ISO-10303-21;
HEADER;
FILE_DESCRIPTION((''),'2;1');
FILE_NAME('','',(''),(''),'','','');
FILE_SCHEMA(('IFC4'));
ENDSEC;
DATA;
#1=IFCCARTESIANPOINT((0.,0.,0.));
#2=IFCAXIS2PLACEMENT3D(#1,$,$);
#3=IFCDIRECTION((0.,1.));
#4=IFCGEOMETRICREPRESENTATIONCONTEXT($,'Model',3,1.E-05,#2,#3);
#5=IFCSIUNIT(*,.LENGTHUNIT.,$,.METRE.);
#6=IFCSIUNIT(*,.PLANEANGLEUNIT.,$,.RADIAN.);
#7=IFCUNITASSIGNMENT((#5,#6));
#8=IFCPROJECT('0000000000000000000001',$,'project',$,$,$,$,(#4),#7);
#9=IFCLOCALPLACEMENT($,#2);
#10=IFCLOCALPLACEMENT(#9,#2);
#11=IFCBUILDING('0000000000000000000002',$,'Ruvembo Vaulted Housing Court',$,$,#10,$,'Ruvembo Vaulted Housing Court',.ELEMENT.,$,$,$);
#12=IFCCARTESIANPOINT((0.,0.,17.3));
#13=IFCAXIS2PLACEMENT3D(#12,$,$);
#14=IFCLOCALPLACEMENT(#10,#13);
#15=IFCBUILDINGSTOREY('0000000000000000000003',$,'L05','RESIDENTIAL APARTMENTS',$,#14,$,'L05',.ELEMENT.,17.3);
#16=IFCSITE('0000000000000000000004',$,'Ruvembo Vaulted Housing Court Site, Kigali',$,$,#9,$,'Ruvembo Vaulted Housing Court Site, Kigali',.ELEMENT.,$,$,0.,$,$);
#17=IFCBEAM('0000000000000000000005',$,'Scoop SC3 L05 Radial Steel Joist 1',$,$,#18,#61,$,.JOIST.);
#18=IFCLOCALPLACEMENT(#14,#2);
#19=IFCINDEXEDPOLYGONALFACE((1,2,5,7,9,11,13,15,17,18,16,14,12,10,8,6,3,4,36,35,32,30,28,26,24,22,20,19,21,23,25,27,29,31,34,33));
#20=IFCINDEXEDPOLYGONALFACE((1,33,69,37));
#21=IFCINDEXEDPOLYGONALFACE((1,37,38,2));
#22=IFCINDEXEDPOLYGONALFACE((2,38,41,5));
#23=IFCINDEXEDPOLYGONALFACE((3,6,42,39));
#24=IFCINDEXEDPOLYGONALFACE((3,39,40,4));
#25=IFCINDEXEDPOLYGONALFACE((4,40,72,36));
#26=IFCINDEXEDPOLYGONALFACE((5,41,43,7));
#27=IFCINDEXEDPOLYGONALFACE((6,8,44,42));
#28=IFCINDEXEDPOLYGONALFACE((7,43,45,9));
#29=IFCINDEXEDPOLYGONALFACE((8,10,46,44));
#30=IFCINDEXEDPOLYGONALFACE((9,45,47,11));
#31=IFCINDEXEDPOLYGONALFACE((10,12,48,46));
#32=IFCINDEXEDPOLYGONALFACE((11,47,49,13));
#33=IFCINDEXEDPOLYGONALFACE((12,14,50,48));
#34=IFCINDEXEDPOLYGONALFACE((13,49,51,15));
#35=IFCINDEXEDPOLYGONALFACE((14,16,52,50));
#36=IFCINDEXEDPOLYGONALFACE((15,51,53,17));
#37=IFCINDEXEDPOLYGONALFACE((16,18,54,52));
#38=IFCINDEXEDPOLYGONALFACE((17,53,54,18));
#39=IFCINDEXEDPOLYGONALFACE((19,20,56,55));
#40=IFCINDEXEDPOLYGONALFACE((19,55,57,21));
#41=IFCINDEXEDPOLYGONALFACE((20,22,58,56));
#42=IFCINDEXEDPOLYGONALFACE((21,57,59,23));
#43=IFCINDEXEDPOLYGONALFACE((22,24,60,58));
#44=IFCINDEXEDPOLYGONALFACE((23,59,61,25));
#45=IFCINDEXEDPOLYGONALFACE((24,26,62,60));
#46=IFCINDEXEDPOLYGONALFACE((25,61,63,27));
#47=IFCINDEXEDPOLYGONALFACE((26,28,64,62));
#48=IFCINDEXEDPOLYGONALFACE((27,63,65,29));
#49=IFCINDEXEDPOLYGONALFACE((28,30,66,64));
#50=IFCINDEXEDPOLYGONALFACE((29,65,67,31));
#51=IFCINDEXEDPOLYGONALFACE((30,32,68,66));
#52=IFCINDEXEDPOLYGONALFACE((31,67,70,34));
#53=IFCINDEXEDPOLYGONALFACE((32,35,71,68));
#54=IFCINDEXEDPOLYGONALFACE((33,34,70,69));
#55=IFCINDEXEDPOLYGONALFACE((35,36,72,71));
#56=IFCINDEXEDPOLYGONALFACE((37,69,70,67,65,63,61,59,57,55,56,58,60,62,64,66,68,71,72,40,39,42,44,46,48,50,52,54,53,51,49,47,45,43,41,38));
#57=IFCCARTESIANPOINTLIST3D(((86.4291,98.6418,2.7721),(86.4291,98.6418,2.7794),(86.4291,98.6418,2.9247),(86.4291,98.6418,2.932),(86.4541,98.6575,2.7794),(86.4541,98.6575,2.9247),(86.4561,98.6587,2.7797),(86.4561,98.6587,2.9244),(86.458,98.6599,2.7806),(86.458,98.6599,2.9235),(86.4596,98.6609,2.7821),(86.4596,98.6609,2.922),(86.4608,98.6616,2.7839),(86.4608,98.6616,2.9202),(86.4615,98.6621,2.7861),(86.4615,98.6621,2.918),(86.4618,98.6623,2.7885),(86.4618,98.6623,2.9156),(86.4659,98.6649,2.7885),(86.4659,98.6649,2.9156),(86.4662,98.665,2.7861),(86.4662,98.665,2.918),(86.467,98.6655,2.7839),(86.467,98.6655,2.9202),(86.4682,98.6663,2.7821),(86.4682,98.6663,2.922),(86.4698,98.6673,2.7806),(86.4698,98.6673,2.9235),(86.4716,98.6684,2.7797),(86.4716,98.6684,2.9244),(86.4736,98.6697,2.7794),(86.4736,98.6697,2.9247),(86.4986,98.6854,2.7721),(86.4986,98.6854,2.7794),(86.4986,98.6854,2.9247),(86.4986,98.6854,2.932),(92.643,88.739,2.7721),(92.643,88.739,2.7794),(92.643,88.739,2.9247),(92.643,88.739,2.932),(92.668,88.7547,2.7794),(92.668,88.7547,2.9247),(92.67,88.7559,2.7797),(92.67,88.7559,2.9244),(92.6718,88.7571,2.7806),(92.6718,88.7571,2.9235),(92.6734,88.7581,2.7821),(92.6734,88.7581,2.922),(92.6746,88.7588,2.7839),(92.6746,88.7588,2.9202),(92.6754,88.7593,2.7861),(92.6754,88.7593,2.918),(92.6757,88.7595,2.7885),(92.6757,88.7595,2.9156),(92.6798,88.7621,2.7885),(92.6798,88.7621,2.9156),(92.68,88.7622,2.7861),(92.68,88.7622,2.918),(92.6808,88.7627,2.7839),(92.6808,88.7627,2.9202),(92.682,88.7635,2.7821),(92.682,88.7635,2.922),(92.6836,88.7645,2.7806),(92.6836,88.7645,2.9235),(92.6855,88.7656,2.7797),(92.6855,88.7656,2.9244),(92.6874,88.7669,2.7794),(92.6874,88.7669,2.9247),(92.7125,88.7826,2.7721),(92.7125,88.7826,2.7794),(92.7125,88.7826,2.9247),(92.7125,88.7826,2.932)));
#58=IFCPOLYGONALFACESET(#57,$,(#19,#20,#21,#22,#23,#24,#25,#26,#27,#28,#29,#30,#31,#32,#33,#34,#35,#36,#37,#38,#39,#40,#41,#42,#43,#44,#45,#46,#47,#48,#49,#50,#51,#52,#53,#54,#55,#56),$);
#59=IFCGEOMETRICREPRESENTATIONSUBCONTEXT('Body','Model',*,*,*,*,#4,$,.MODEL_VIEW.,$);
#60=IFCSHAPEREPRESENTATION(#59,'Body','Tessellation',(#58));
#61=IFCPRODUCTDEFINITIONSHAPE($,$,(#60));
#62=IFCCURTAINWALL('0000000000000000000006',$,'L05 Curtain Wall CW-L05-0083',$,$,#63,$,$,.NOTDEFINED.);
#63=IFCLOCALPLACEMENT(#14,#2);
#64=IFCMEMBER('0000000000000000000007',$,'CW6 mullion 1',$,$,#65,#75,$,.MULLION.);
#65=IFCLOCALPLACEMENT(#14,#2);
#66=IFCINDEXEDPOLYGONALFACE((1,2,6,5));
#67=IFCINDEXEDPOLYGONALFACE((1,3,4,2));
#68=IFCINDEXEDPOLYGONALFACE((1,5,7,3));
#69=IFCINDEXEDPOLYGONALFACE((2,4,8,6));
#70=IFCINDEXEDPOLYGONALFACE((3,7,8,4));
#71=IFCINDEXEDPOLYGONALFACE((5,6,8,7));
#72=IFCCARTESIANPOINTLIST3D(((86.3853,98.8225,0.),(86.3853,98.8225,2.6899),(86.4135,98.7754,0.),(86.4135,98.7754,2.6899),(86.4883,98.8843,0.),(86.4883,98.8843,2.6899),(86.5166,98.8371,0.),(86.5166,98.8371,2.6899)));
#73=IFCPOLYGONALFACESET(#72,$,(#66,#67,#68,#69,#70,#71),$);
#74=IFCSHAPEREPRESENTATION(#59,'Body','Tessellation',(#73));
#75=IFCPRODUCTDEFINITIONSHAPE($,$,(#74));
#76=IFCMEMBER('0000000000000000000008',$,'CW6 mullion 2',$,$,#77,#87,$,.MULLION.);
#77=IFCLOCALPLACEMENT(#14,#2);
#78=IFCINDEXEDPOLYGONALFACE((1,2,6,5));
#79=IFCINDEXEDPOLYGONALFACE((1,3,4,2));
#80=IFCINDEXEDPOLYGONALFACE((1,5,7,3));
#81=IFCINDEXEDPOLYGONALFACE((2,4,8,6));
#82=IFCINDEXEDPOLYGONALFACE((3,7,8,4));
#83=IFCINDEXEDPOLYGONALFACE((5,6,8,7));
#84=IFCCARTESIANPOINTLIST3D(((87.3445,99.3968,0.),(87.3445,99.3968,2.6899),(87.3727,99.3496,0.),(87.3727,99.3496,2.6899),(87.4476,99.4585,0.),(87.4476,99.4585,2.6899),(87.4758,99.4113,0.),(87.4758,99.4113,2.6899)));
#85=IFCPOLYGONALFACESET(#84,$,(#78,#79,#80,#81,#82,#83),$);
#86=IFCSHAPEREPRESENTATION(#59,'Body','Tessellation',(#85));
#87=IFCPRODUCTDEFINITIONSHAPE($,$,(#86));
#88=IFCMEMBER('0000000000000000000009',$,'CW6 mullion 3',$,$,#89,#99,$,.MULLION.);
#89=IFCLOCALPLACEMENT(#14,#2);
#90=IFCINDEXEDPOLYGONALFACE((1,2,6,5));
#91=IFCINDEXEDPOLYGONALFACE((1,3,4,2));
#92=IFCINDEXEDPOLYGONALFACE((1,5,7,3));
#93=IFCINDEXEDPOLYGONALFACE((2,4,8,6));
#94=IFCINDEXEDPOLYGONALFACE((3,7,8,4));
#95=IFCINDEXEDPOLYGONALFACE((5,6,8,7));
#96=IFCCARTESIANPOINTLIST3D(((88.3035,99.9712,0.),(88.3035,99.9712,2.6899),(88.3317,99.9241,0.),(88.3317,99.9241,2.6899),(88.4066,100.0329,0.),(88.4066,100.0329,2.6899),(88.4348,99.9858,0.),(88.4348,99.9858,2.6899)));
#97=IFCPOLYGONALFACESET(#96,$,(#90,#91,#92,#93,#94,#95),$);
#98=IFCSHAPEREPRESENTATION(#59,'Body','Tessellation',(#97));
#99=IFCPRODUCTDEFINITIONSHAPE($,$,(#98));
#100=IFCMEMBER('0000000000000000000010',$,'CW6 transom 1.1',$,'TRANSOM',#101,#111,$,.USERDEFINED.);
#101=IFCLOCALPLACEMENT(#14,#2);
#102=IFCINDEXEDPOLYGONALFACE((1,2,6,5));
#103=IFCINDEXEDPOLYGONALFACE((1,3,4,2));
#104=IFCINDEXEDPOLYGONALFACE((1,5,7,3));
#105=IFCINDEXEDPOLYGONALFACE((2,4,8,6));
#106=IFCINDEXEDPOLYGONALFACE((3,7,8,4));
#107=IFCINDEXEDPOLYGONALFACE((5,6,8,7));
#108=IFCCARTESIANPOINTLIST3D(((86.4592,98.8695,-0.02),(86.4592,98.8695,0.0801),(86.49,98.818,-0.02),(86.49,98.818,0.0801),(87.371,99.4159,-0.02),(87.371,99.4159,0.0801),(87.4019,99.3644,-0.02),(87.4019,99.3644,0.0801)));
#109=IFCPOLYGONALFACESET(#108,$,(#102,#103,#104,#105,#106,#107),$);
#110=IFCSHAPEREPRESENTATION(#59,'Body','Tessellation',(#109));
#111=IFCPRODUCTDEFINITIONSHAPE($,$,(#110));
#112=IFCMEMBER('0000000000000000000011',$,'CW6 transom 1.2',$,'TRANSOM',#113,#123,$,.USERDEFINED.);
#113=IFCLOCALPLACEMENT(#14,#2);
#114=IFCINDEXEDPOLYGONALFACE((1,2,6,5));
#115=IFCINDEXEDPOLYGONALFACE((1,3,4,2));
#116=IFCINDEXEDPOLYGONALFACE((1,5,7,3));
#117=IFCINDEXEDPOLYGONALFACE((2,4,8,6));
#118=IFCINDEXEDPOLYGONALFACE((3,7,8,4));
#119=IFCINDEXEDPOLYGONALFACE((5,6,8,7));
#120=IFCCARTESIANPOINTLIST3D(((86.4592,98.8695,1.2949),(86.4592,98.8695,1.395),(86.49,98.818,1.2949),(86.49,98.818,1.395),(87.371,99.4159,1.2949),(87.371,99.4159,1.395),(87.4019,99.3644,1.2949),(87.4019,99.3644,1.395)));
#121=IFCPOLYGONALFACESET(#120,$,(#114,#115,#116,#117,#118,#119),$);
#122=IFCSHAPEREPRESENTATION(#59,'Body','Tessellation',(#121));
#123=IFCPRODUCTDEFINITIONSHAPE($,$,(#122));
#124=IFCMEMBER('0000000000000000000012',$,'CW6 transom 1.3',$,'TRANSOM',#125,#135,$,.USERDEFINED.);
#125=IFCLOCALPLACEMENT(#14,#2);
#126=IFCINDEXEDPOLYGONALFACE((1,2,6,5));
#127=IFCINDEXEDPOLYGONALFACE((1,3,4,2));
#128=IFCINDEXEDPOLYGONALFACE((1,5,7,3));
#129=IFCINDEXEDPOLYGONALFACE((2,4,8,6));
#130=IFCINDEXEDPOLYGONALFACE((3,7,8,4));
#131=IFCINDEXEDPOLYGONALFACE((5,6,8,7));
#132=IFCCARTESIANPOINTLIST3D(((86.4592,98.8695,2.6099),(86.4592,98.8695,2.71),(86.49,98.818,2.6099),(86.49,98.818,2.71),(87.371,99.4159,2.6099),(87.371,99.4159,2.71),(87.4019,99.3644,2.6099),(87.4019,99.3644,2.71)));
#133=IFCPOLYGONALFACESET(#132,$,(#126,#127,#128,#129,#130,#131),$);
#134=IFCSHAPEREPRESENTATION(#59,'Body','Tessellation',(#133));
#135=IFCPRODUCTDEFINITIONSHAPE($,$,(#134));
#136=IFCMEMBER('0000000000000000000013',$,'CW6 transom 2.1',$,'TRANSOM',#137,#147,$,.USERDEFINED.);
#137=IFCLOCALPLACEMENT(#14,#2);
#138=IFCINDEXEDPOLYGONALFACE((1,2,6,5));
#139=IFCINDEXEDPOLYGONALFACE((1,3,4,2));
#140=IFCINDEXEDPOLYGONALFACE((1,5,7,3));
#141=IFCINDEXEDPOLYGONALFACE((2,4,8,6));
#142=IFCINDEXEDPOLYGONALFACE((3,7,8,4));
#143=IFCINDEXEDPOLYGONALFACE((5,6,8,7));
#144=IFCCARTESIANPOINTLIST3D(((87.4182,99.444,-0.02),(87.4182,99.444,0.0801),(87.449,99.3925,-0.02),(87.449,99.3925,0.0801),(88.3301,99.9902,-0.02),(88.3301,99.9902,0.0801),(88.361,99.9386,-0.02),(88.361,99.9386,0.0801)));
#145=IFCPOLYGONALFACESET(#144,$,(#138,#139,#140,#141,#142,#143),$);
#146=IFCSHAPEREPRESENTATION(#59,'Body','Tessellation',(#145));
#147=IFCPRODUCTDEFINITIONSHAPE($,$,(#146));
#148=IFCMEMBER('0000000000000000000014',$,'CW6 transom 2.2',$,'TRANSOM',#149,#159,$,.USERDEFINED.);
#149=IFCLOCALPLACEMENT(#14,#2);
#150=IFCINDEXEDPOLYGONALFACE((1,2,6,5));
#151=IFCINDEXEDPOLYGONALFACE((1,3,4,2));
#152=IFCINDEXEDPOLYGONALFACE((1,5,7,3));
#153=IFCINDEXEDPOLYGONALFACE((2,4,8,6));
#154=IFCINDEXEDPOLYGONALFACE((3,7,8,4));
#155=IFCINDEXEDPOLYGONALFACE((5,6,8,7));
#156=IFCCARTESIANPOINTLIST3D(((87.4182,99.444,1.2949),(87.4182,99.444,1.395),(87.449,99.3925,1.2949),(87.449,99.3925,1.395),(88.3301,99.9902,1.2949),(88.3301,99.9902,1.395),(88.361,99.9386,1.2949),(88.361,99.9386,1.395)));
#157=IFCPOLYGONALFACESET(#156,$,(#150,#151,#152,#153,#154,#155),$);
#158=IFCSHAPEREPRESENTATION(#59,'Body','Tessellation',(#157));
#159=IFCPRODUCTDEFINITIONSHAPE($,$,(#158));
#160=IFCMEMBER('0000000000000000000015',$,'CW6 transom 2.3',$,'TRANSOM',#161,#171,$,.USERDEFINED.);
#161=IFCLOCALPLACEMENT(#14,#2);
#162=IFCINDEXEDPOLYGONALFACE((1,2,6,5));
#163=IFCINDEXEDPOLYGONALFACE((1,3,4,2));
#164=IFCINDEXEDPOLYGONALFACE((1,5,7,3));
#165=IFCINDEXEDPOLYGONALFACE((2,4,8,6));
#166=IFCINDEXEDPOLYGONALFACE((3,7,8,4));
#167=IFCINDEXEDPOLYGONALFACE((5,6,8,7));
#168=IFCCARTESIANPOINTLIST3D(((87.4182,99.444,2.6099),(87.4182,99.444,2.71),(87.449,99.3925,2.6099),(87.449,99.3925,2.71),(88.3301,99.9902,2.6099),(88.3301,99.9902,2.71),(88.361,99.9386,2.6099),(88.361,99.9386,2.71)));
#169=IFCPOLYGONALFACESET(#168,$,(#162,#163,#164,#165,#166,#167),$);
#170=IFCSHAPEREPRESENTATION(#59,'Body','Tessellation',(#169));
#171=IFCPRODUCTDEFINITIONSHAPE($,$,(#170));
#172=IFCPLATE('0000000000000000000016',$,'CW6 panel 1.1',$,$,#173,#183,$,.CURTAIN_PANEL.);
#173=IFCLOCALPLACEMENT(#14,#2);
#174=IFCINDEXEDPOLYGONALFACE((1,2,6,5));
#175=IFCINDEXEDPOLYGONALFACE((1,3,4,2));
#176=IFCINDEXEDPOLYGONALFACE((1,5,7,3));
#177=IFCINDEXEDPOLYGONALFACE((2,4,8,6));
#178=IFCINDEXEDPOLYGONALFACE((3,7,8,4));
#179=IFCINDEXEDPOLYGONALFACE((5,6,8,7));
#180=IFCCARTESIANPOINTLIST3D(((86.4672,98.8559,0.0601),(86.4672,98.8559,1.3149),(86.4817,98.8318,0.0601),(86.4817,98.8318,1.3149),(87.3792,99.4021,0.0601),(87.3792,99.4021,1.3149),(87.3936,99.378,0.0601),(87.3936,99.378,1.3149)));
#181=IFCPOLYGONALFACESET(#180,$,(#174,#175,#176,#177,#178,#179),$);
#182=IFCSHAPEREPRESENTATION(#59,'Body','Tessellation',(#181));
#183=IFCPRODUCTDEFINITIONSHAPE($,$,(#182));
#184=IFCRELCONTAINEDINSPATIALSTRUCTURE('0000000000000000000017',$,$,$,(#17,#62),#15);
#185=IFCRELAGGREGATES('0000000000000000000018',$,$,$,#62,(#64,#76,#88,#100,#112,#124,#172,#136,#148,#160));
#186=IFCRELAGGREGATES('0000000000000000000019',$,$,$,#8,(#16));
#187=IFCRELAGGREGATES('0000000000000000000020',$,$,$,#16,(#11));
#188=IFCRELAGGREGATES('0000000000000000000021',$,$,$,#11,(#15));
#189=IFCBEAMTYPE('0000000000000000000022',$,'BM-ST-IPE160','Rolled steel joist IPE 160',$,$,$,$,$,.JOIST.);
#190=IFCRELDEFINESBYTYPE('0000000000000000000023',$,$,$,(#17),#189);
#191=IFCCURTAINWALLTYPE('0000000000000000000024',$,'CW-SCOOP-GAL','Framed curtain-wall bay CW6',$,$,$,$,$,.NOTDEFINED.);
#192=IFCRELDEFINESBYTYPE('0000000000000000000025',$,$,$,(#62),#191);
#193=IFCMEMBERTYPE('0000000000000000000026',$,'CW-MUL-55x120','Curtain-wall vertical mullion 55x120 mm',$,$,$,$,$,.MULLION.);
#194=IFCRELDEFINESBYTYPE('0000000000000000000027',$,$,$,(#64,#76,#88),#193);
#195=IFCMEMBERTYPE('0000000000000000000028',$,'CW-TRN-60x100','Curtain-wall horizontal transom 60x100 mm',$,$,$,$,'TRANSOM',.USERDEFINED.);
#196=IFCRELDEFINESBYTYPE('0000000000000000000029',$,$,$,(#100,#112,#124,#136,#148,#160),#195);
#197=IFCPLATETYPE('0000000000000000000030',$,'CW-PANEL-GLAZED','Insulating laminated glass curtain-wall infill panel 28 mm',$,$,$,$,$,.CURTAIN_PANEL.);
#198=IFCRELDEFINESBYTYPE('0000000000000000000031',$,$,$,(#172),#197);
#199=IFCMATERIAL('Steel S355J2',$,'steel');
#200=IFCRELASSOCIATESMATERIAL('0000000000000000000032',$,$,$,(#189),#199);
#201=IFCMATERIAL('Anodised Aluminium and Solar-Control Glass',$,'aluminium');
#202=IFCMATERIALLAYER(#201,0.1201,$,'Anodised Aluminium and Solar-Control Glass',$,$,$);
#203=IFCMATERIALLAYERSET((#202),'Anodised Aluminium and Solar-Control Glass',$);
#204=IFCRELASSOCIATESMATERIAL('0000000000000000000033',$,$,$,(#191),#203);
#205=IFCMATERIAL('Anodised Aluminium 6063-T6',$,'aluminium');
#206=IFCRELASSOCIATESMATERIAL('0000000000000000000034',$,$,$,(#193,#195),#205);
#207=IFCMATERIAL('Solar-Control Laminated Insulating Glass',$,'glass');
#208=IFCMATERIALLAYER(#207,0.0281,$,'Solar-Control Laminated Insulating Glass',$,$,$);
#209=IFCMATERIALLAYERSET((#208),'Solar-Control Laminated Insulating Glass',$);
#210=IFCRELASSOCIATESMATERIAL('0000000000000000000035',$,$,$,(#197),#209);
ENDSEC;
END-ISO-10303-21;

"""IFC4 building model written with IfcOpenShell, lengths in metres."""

from ifc_helpers import new_model, si_unit, direction, frame, origin, origin_2d, place, context, subcontext, project, spatial, rectangle, i_section, extrude, material, layer, layer_set, material_profile, profile_set, type_object, element, aggregate, save


model = new_model("IFC4")

# Units and contexts
model_context = context("Model", 3, precision=1e-05, world=origin(), true_north=direction((0.0, 1.0)))
body_context = subcontext(model_context, "Body", "Model", "MODEL_VIEW")
ifc_project = project(units=[si_unit("LENGTHUNIT", "METRE"), si_unit("PLANEANGLEUNIT", "RADIAN")], contexts=[model_context])

# Site, building, storey
site_placement = place(None, origin())
site = spatial("IfcSite", under=ifc_project, at=site_placement, Name="Ruvembo Vaulted Housing Court Site, Kigali", LongName="Ruvembo Vaulted Housing Court Site, Kigali", CompositionType="ELEMENT", RefElevation=0.0)
building_placement = place(site_placement, origin())
building = spatial("IfcBuilding", under=site, at=building_placement, Name="Ruvembo Vaulted Housing Court", LongName="Ruvembo Vaulted Housing Court", CompositionType="ELEMENT")
storey_placement = place(building_placement, frame((0.0, 0.0, 17.3)))
storey = spatial("IfcBuildingStorey", under=building, at=storey_placement, Name="L05", Description="RESIDENTIAL APARTMENTS", LongName="L05", CompositionType="ELEMENT", Elevation=17.3)

# Beam
ifc_material_1 = material(Name="Steel S355J2", Category="steel")
ifc_material_profile_1 = material_profile(ifc_material_1, i_section(OverallWidth=0.082, OverallDepth=0.1599, WebThickness=0.0049, FlangeThickness=0.0073, FilletRadius=0.009, at=origin_2d()), Name="IPE 160")
ifc_profile_set_1 = profile_set([ifc_material_profile_1], Name="Steel S355J2")
beam_type = type_object("IfcBeamType", Name="BM-ST-IPE160", Description="Rolled steel joist IPE 160", PredefinedType="JOIST", material=ifc_profile_set_1)
beam_placement = place(storey_placement, frame((86.4639, 98.6636, 2.8521), z_axis=(0.531511, -0.847051, 0.0), x_axis=(0.847051, 0.531511, 0.0)))
element("IfcBeam", 1, at=beam_placement, inside=storey, type_object=beam_type, Name="Scoop SC3 L05 Radial Steel Joist 1", PredefinedType="JOIST", context=body_context, shape_type="SweptSolid", body=[
    extrude(i_section(OverallWidth=0.082, OverallDepth=0.1599, WebThickness=0.0049, FlangeThickness=0.0073, FilletRadius=0.009, at=origin_2d()), origin(), (0.0, 0.0, 1.0), 11.6909),
])

# Curtain wall, members, plate
ifc_material_2 = material(Name="Anodised Aluminium and Solar-Control Glass", Category="aluminium")
ifc_layer_1 = layer(ifc_material_2, 0.1201, Name="Anodised Aluminium and Solar-Control Glass")
ifc_layer_set_1 = layer_set([ifc_layer_1], Name="Anodised Aluminium and Solar-Control Glass")
curtain_wall_type = type_object("IfcCurtainWallType", Name="CW-SCOOP-GAL", Description="Framed curtain-wall bay CW6", PredefinedType="NOTDEFINED", material=ifc_layer_set_1)
curtain_wall_placement = place(storey_placement, origin())
curtain_wall = element("IfcCurtainWall", 2, at=curtain_wall_placement, inside=storey, type_object=curtain_wall_type, Name="L05 Curtain Wall CW-L05-0083", PredefinedType="NOTDEFINED")
ifc_material_3 = material(Name="Anodised Aluminium 6063-T6", Category="aluminium")
ifc_material_profile_2 = material_profile(ifc_material_3, rectangle(XDim=0.0549, YDim=0.1201, at=origin_2d()), Name="ALU 55x120")
ifc_profile_set_2 = profile_set([ifc_material_profile_2], Name="Anodised Aluminium 6063-T6")
member_type_1 = type_object("IfcMemberType", Name="CW-MUL-55x120", Description="Curtain-wall vertical mullion 55x120 mm", PredefinedType="MULLION", material=ifc_profile_set_2)
member_1_placement = place(storey_placement, frame((86.4509, 98.8298, 0.0), z_axis=(0.0, 0.0, 1.0), x_axis=(-0.513828, 0.857893, 0.0)))
member_1 = element("IfcMember", 3, at=member_1_placement, type_object=member_type_1, Name="CW6 mullion 1", PredefinedType="MULLION", context=body_context, shape_type="SweptSolid", body=[
    extrude(rectangle(XDim=0.0549, YDim=0.1201, at=origin_2d()), origin(), (0.0, 0.0, 1.0), 2.6899),
])
member_2_placement = place(storey_placement, frame((87.4102, 99.4041, 0.0), z_axis=(0.0, 0.0, 1.0), x_axis=(-0.513828, 0.857893, 0.0)))
member_2 = element("IfcMember", 4, at=member_2_placement, type_object=member_type_1, Name="CW6 mullion 2", PredefinedType="MULLION", context=body_context, shape_type="SweptSolid", body=[
    extrude(rectangle(XDim=0.0549, YDim=0.1201, at=origin_2d()), origin(), (0.0, 0.0, 1.0), 2.6899),
])
member_3_placement = place(storey_placement, frame((88.3691, 99.9785, 0.0), z_axis=(0.0, 0.0, 1.0), x_axis=(-0.513828, 0.857893, 0.0)))
member_3 = element("IfcMember", 5, at=member_3_placement, type_object=member_type_1, Name="CW6 mullion 3", PredefinedType="MULLION", context=body_context, shape_type="SweptSolid", body=[
    extrude(rectangle(XDim=0.0549, YDim=0.1201, at=origin_2d()), origin(), (0.0, 0.0, 1.0), 2.6899),
])
ifc_material_profile_3 = material_profile(ifc_material_3, rectangle(XDim=0.0601, YDim=0.1001, at=origin_2d()), Name="ALU 60x100")
ifc_profile_set_3 = profile_set([ifc_material_profile_3], Name="Anodised Aluminium 6063-T6")
member_type_2 = type_object("IfcMemberType", Name="CW-TRN-60x100", Description="Curtain-wall horizontal transom 60x100 mm", ElementType="TRANSOM", PredefinedType="USERDEFINED", material=ifc_profile_set_3)
member_4_placement = place(storey_placement, frame((86.4746, 98.8438, 0.03), z_axis=(0.857797, 0.513989, 0.0), x_axis=(-0.513989, 0.857797, 0.0)))
member_4 = element("IfcMember", 6, at=member_4_placement, type_object=member_type_2, Name="CW6 transom 1.1", ObjectType="TRANSOM", PredefinedType="USERDEFINED", context=body_context, shape_type="SweptSolid", body=[
    extrude(rectangle(XDim=0.0601, YDim=0.1001, at=origin_2d()), origin(), (0.0, 0.0, 1.0), 1.063),
])
member_5_placement = place(storey_placement, frame((86.4746, 98.8438, 1.345), z_axis=(0.857797, 0.513989, 0.0), x_axis=(-0.513989, 0.857797, 0.0)))
member_5 = element("IfcMember", 7, at=member_5_placement, type_object=member_type_2, Name="CW6 transom 1.2", ObjectType="TRANSOM", PredefinedType="USERDEFINED", context=body_context, shape_type="SweptSolid", body=[
    extrude(rectangle(XDim=0.0601, YDim=0.1001, at=origin_2d()), origin(), (0.0, 0.0, 1.0), 1.063),
])
member_6_placement = place(storey_placement, frame((86.4746, 98.8438, 2.6599), z_axis=(0.857797, 0.513989, 0.0), x_axis=(-0.513989, 0.857797, 0.0)))
member_6 = element("IfcMember", 8, at=member_6_placement, type_object=member_type_2, Name="CW6 transom 1.3", ObjectType="TRANSOM", PredefinedType="USERDEFINED", context=body_context, shape_type="SweptSolid", body=[
    extrude(rectangle(XDim=0.0601, YDim=0.1001, at=origin_2d()), origin(), (0.0, 0.0, 1.0), 1.063),
])
member_7_placement = place(storey_placement, frame((87.4336, 99.4182, 0.03), z_axis=(0.857898, 0.51382, 0.0), x_axis=(-0.51382, 0.857898, 0.0)))
member_7 = element("IfcMember", 9, at=member_7_placement, type_object=member_type_2, Name="CW6 transom 2.1", ObjectType="TRANSOM", PredefinedType="USERDEFINED", context=body_context, shape_type="SweptSolid", body=[
    extrude(rectangle(XDim=0.0601, YDim=0.1001, at=origin_2d()), origin(), (0.0, 0.0, 1.0), 1.063),
])
member_8_placement = place(storey_placement, frame((87.4336, 99.4182, 1.345), z_axis=(0.857898, 0.51382, 0.0), x_axis=(-0.51382, 0.857898, 0.0)))
member_8 = element("IfcMember", 10, at=member_8_placement, type_object=member_type_2, Name="CW6 transom 2.2", ObjectType="TRANSOM", PredefinedType="USERDEFINED", context=body_context, shape_type="SweptSolid", body=[
    extrude(rectangle(XDim=0.0601, YDim=0.1001, at=origin_2d()), origin(), (0.0, 0.0, 1.0), 1.063),
])
member_9_placement = place(storey_placement, frame((87.4336, 99.4182, 2.6599), z_axis=(0.857898, 0.51382, 0.0), x_axis=(-0.51382, 0.857898, 0.0)))
member_9 = element("IfcMember", 11, at=member_9_placement, type_object=member_type_2, Name="CW6 transom 2.3", ObjectType="TRANSOM", PredefinedType="USERDEFINED", context=body_context, shape_type="SweptSolid", body=[
    extrude(rectangle(XDim=0.0601, YDim=0.1001, at=origin_2d()), origin(), (0.0, 0.0, 1.0), 1.063),
])
ifc_material_4 = material(Name="Solar-Control Laminated Insulating Glass", Category="glass")
ifc_layer_2 = layer(ifc_material_4, 0.0281, Name="Solar-Control Laminated Insulating Glass")
ifc_layer_set_2 = layer_set([ifc_layer_2], Name="Solar-Control Laminated Insulating Glass")
plate_type_1 = type_object("IfcPlateType", Name="CW-PANEL-GLAZED", Description="Insulating laminated glass curtain-wall infill panel 28 mm", PredefinedType="CURTAIN_PANEL", material=ifc_layer_set_2)
plate_1_placement = place(storey_placement, frame((86.9304, 99.1169, 0.0601), z_axis=(0.0, 0.0, 1.0), x_axis=(0.857893, 0.513828, 0.0)))
plate_1 = element("IfcPlate", 12, at=plate_1_placement, type_object=plate_type_1, Name="CW6 panel 1.1", PredefinedType="CURTAIN_PANEL", context=body_context, shape_type="SweptSolid", body=[
    extrude(rectangle(XDim=1.063, YDim=0.0281, at=origin_2d()), origin(), (0.0, 0.0, 1.0), 1.2549),
])
aggregate(curtain_wall, [member_1, member_2, member_3, member_4, member_5, member_6, plate_1, member_7, member_8, member_9])

save(model, "model.ifc")
